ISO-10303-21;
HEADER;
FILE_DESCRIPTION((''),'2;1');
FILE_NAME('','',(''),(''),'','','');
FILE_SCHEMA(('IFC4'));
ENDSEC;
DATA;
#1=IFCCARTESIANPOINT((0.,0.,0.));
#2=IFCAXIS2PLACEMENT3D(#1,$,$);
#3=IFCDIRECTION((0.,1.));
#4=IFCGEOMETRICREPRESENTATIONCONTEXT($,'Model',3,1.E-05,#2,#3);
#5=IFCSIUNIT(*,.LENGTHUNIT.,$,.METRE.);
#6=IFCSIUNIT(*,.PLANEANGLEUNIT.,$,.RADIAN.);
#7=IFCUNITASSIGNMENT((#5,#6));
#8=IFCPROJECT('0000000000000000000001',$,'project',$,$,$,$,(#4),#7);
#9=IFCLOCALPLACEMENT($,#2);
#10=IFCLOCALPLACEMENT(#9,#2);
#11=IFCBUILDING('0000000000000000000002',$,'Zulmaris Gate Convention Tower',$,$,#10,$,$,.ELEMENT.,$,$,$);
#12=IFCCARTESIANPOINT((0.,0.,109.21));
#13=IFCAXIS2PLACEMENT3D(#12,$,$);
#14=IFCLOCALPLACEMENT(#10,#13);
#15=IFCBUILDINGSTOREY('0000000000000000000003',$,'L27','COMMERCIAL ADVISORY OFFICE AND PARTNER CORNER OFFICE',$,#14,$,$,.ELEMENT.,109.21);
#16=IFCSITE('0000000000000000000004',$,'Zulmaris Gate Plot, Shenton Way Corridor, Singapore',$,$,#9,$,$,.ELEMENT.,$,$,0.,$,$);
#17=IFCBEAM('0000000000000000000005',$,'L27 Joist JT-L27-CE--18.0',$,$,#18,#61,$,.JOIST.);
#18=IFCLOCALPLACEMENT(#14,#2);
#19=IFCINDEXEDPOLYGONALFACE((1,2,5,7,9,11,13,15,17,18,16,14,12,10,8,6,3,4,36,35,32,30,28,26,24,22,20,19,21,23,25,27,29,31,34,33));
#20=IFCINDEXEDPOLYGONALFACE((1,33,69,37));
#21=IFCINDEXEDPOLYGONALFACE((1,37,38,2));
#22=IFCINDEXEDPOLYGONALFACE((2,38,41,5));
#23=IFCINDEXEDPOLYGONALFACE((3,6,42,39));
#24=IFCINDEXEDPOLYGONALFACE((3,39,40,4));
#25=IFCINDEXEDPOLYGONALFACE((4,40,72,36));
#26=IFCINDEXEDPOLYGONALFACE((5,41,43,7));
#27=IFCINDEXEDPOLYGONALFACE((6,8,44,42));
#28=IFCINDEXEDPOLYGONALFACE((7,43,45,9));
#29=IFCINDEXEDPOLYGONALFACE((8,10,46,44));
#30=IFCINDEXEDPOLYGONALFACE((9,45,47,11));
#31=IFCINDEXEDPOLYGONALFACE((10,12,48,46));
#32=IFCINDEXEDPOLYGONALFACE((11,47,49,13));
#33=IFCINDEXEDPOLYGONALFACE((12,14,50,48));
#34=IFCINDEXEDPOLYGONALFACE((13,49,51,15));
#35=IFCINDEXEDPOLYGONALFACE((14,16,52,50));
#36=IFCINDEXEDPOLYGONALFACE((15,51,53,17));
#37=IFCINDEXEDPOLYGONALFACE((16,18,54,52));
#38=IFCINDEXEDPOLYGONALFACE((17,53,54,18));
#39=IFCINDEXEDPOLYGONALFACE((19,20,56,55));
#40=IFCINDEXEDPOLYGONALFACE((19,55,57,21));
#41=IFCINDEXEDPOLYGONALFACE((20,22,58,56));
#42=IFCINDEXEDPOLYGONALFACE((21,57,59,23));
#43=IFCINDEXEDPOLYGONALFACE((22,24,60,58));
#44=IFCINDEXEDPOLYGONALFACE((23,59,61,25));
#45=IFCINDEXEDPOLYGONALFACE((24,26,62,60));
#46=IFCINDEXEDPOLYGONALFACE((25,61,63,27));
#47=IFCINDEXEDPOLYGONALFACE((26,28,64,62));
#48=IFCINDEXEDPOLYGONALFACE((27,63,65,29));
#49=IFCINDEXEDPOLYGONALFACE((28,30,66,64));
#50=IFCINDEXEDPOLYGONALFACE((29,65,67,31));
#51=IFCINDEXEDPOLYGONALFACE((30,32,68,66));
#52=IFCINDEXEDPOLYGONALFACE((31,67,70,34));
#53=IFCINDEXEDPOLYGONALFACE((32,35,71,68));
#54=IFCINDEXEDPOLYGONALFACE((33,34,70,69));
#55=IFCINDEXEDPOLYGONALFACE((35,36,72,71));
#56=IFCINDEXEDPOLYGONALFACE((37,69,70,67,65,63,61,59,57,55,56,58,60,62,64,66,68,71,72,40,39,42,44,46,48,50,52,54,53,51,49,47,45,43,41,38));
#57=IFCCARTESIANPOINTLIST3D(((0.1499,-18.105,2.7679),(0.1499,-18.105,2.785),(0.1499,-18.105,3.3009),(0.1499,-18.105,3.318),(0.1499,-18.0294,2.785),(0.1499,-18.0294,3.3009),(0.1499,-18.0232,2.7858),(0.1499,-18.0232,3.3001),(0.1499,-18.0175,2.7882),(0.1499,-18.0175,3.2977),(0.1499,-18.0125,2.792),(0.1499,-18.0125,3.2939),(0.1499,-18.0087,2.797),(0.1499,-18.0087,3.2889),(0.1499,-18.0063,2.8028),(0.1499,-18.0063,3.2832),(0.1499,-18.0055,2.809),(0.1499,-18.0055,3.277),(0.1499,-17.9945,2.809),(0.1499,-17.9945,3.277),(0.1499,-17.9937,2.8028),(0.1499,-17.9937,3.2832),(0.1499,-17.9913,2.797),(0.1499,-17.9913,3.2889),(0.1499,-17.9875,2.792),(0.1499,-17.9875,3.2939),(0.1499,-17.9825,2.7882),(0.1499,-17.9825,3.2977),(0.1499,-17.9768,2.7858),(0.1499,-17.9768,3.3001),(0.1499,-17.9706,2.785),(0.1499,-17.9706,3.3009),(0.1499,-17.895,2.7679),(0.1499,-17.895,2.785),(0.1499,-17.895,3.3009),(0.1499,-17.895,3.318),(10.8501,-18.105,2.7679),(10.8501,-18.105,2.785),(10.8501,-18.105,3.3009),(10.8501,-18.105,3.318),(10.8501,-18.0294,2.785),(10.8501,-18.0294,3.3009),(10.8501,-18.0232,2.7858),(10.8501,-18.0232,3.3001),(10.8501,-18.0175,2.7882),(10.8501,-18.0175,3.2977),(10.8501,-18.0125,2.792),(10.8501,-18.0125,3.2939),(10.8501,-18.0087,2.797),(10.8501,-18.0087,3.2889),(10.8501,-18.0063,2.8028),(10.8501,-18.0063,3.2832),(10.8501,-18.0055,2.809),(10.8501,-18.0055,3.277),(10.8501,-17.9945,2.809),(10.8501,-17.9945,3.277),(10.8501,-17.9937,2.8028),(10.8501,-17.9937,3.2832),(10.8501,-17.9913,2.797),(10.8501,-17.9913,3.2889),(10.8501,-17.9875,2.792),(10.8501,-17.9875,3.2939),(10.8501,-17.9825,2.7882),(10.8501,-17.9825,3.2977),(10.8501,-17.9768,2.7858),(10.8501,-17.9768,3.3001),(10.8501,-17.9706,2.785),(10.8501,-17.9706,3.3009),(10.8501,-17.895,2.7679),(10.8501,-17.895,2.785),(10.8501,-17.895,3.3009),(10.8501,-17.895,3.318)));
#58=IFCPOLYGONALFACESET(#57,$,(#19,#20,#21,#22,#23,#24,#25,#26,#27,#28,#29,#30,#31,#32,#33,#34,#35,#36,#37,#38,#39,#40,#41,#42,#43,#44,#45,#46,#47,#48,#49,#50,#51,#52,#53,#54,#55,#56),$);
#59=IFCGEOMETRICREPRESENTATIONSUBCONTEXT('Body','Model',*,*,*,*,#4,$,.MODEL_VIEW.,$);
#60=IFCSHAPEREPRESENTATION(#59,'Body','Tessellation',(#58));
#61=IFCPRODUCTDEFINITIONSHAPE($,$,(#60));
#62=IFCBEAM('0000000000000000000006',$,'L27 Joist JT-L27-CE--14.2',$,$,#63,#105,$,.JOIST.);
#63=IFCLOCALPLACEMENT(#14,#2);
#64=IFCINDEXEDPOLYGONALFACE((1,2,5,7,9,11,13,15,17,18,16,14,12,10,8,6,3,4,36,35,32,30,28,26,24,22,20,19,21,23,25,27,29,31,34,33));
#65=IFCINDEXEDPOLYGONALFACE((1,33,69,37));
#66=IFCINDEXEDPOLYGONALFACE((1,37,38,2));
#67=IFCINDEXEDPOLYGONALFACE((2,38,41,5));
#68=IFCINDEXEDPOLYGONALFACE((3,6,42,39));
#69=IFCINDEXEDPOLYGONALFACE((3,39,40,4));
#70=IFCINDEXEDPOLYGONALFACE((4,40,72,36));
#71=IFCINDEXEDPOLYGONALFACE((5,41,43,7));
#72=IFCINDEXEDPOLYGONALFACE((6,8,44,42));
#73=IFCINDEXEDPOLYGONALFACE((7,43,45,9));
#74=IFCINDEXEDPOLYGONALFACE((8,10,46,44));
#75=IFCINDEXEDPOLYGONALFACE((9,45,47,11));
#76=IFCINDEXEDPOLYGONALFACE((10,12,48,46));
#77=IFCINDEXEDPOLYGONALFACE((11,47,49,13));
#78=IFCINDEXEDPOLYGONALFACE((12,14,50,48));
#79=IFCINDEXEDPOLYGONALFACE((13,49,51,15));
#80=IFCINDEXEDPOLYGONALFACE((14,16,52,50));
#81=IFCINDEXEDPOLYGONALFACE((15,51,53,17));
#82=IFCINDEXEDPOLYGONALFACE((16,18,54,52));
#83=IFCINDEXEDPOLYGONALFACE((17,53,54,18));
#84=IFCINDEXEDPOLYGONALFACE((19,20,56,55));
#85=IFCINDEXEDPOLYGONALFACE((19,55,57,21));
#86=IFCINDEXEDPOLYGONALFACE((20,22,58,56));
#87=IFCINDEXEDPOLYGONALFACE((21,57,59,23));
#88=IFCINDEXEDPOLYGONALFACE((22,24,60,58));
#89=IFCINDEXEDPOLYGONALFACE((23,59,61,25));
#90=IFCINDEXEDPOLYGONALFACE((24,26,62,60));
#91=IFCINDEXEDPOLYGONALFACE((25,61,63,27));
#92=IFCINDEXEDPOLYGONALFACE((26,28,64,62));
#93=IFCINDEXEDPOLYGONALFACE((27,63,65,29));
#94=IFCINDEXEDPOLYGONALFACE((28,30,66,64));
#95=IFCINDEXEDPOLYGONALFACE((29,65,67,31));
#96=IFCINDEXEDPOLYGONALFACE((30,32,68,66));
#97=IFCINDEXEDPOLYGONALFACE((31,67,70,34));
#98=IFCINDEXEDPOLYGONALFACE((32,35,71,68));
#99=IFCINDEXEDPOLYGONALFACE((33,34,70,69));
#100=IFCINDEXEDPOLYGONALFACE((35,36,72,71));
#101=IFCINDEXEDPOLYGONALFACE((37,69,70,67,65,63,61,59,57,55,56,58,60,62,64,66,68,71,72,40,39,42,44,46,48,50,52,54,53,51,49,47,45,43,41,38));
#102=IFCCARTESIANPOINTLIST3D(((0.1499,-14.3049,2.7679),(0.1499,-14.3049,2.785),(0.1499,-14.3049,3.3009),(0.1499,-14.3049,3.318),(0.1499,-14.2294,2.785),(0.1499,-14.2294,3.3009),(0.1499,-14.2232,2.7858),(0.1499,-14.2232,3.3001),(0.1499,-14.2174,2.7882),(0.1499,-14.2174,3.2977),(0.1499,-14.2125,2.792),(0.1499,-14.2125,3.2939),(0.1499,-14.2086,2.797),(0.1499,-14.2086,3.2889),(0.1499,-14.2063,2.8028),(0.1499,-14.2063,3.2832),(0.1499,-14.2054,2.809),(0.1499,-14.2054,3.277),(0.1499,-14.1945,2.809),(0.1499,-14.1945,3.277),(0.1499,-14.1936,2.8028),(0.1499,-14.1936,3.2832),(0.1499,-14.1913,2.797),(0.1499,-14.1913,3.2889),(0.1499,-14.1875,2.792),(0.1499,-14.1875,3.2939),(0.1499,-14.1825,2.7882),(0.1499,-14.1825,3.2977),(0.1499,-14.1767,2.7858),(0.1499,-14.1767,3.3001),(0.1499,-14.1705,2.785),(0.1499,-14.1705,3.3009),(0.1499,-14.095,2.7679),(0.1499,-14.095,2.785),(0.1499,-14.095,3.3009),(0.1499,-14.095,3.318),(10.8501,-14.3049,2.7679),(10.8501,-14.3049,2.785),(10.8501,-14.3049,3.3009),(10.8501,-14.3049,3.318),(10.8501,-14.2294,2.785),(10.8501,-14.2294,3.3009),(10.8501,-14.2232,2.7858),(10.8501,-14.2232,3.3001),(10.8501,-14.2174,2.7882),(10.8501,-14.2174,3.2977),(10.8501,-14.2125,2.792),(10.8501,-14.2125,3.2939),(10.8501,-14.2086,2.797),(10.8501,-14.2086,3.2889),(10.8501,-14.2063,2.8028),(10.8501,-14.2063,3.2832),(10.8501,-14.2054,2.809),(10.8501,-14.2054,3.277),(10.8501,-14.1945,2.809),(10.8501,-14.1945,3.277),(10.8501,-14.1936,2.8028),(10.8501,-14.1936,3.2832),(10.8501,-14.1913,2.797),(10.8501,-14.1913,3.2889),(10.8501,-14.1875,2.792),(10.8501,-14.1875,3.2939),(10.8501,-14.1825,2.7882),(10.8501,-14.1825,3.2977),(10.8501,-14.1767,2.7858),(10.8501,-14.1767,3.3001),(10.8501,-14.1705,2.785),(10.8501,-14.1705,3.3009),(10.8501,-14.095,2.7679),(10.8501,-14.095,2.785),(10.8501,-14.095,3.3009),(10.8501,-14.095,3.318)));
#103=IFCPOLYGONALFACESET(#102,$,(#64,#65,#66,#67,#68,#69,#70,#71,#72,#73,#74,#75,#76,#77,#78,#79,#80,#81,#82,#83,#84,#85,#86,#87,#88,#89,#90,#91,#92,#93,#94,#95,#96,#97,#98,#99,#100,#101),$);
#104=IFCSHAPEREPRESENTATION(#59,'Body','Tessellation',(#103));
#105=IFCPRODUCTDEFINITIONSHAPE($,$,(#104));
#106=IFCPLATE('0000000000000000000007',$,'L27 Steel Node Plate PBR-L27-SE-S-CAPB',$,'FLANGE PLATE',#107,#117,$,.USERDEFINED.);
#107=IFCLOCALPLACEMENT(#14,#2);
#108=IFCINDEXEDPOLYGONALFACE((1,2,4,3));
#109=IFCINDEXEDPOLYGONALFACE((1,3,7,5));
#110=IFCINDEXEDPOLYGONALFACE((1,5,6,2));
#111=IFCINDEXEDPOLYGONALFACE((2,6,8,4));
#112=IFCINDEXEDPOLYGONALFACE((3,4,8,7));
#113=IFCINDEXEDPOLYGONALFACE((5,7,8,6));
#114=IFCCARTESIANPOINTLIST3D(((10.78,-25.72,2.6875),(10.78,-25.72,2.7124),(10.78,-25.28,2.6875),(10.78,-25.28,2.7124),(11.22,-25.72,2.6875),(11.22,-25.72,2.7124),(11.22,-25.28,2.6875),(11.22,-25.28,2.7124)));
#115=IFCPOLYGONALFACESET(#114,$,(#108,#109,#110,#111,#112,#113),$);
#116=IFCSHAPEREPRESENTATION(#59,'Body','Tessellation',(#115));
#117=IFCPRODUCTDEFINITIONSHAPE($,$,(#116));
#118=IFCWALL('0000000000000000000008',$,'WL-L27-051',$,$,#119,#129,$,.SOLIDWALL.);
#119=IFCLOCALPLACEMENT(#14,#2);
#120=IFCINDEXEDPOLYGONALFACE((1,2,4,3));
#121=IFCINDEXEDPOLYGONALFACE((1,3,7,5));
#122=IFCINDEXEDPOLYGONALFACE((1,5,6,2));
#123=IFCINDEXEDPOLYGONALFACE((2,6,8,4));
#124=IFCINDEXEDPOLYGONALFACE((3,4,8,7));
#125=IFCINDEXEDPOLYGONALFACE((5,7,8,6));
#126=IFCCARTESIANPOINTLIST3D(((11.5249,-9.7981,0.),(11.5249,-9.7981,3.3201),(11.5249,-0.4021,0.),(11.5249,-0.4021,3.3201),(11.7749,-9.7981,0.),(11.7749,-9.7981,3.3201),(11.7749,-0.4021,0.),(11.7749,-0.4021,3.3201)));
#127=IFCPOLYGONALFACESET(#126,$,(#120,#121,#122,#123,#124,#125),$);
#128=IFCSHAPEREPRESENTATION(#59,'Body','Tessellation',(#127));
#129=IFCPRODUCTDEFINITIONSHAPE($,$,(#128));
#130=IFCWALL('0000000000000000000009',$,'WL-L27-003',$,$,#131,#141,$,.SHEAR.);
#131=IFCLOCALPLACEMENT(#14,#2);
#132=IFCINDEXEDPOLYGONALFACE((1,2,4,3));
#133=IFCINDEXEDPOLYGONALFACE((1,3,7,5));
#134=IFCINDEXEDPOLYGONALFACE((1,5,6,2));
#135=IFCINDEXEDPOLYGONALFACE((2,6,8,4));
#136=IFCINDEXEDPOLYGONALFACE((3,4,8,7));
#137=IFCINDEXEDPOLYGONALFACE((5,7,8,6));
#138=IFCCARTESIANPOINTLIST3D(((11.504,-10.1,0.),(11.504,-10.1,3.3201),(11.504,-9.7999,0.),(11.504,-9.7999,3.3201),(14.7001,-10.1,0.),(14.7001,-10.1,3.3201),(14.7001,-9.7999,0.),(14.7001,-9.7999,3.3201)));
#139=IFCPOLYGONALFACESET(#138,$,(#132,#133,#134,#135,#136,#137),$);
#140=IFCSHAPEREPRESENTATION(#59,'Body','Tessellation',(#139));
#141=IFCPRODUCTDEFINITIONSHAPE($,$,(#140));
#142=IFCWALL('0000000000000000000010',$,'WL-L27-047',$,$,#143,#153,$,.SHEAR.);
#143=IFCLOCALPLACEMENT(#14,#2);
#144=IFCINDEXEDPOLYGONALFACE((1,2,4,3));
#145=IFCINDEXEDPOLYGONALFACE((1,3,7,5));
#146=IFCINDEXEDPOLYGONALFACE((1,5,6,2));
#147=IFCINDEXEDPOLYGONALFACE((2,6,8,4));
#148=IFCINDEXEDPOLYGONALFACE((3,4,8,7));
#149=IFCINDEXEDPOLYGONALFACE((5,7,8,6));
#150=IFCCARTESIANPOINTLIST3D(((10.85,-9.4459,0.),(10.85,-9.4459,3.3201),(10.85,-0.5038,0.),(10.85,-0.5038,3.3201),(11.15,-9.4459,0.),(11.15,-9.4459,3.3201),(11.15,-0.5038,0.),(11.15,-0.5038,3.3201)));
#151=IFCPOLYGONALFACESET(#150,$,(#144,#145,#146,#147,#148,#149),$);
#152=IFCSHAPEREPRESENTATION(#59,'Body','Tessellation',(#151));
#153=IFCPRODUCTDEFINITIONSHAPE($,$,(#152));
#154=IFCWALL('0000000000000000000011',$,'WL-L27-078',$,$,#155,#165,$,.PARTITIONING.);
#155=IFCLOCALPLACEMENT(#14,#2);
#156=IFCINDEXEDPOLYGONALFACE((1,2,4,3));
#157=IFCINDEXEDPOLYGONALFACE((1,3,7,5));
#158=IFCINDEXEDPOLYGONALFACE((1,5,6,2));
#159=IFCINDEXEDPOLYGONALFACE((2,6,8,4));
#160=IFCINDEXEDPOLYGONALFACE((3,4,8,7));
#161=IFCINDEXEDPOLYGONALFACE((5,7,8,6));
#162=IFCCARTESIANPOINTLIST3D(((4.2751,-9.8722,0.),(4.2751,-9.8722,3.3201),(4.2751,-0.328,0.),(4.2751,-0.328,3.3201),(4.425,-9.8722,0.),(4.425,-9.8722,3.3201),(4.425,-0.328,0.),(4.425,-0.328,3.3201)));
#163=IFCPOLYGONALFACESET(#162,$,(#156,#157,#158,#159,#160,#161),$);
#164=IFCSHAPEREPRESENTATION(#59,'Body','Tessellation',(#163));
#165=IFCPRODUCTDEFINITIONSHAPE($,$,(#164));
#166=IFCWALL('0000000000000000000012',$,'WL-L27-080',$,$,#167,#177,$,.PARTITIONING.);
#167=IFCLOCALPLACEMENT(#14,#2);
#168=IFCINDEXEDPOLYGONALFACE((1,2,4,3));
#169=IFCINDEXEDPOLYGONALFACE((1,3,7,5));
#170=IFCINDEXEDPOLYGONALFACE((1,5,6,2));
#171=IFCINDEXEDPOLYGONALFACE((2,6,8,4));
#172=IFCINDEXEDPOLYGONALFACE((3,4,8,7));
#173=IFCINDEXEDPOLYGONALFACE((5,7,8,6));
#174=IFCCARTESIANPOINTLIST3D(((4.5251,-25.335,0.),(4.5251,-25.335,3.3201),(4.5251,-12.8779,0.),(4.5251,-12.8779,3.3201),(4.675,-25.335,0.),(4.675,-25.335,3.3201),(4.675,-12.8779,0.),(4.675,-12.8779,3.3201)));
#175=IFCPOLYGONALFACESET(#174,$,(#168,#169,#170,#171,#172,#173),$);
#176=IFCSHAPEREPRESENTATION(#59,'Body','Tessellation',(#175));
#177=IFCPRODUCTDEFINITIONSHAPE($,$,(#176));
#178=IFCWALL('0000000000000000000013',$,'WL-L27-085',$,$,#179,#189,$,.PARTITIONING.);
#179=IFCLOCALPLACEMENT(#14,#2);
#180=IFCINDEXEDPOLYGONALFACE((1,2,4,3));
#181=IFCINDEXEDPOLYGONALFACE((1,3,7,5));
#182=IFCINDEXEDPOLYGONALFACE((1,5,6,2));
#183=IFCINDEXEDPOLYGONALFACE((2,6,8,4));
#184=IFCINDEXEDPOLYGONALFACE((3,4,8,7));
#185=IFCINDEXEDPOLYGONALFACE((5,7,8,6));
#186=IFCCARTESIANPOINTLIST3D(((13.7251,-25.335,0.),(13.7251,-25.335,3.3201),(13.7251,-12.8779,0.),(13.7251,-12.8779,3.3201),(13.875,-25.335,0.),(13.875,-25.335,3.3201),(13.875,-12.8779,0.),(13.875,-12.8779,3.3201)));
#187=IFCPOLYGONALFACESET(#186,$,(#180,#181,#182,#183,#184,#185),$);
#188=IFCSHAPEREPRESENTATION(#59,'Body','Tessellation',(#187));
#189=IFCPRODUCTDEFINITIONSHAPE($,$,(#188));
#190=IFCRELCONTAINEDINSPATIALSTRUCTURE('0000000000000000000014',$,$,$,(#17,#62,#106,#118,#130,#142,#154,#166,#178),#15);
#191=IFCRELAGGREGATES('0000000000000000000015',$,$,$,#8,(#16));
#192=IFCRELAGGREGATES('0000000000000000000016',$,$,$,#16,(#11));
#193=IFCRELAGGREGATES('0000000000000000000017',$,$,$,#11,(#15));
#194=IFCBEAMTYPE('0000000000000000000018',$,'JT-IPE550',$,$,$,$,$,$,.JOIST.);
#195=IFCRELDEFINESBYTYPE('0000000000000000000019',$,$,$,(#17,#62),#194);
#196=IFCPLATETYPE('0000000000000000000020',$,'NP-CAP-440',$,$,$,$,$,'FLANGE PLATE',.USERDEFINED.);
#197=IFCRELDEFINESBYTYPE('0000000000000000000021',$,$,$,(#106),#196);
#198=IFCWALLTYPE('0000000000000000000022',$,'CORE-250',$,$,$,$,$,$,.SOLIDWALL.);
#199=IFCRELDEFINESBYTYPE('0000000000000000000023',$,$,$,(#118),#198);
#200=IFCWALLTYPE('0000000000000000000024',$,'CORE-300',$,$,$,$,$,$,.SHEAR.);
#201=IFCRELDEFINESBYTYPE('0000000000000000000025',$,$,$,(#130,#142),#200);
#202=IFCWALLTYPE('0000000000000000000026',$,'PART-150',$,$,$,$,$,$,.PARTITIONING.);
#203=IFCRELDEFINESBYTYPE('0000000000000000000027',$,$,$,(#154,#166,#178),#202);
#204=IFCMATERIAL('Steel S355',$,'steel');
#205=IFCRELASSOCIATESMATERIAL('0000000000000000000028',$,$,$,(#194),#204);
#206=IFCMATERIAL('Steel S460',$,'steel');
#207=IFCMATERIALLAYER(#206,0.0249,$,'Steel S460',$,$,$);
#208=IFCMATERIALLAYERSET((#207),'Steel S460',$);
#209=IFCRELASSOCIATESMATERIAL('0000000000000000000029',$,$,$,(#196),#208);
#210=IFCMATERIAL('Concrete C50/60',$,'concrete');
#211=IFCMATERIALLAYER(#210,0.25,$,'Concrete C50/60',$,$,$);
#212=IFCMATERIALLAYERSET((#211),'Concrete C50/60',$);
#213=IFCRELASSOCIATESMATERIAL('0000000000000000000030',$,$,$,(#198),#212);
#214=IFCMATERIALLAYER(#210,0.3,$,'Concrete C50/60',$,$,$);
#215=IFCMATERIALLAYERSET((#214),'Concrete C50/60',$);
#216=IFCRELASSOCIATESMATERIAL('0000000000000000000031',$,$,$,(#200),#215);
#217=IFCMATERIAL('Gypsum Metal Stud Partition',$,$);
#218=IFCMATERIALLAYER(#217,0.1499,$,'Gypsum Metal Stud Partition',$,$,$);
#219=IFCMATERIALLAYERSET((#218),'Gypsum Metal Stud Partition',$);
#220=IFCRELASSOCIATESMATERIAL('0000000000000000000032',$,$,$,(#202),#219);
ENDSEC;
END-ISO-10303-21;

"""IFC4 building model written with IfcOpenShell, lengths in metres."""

from ifc_helpers import new_model, si_unit, direction, frame, frame_2d, origin, origin_2d, place, context, subcontext, project, spatial, rectangle, i_section, extrude, material, layer, layer_set, material_profile, profile_set, type_object, element, save


model = new_model("IFC4")

# Units and contexts
model_context = context("Model", 3, precision=1e-05, world=origin(), true_north=direction((0.0, 1.0)))
body_context = subcontext(model_context, "Body", "Model", "MODEL_VIEW")
ifc_project = project(units=[si_unit("LENGTHUNIT", "METRE"), si_unit("PLANEANGLEUNIT", "RADIAN")], contexts=[model_context])

# Site, building, storey
site_placement = place(None, origin())
site = spatial("IfcSite", under=ifc_project, at=site_placement, Name="Zulmaris Gate Plot, Shenton Way Corridor, Singapore", CompositionType="ELEMENT", RefElevation=0.0)
building_placement = place(site_placement, origin())
building = spatial("IfcBuilding", under=site, at=building_placement, Name="Zulmaris Gate Convention Tower", CompositionType="ELEMENT")
storey_placement = place(building_placement, frame((0.0, 0.0, 109.21)))
storey = spatial("IfcBuildingStorey", under=building, at=storey_placement, Name="L27", Description="COMMERCIAL ADVISORY OFFICE AND PARTNER CORNER OFFICE", CompositionType="ELEMENT", Elevation=109.21)

# Beams
ifc_material_1 = material(Name="Steel S355", Category="steel")
ifc_material_profile_1 = material_profile(ifc_material_1, i_section(OverallWidth=0.21, OverallDepth=0.55, WebThickness=0.011, FlangeThickness=0.0171, FilletRadius=0.0239, at=origin_2d()), Name="IPE 550")
ifc_profile_set_1 = profile_set([ifc_material_profile_1], Name="Steel S355")
beam_type_1 = type_object("IfcBeamType", Name="JT-IPE550", PredefinedType="JOIST", material=ifc_profile_set_1)
for number, where, z_axis, x_axis, name in (
    (1, (0.1499, -18.0, 3.043), (1.0, 0.0, 0.0), (0.0, 1.0, 0.0), "L27 Joist JT-L27-CE--18.0"),
    (2, (0.1499, -14.2, 3.043), (1.0, 0.0, 0.0), (0.0, 1.0, 0.0), "L27 Joist JT-L27-CE--14.2"),
):
    element("IfcBeam", number, at=place(storey_placement, frame(where, z_axis=z_axis, x_axis=x_axis)), inside=storey, type_object=beam_type_1, Name=name, PredefinedType="JOIST", context=body_context, shape_type="SweptSolid", body=[
        extrude(i_section(OverallWidth=0.21, OverallDepth=0.55, WebThickness=0.011, FlangeThickness=0.0171, FilletRadius=0.0239, at=origin_2d()), origin(), (0.0, 0.0, 1.0), 10.7002),
    ])

# Plate
ifc_material_2 = material(Name="Steel S460", Category="steel")
ifc_layer_1 = layer(ifc_material_2, 0.0249, Name="Steel S460")
ifc_layer_set_1 = layer_set([ifc_layer_1], Name="Steel S460")
plate_type = type_object("IfcPlateType", Name="NP-CAP-440", ElementType="FLANGE PLATE", PredefinedType="USERDEFINED", material=ifc_layer_set_1)
plate_placement = place(storey_placement, frame((11.0, -25.5, 2.6875), z_axis=(0.0, 0.0, 1.0), x_axis=(1.0, 0.0, 0.0)))
element("IfcPlate", 3, at=plate_placement, inside=storey, type_object=plate_type, Name="L27 Steel Node Plate PBR-L27-SE-S-CAPB", ObjectType="FLANGE PLATE", PredefinedType="USERDEFINED", context=body_context, shape_type="SweptSolid", body=[
    extrude(rectangle(XDim=0.4399, YDim=0.4399, at=origin_2d()), origin(), (0.0, 0.0, 1.0), 0.0249),
])

# Walls
ifc_material_3 = material(Name="Concrete C50/60", Category="concrete")
ifc_layer_2 = layer(ifc_material_3, 0.25, Name="Concrete C50/60")
ifc_layer_set_2 = layer_set([ifc_layer_2], Name="Concrete C50/60")
wall_type_1 = type_object("IfcWallType", Name="CORE-250", PredefinedType="SOLIDWALL", material=ifc_layer_set_2)
wall_1_placement = place(storey_placement, frame((11.6499, -9.7981, 0.0), z_axis=(0.0, 0.0, 1.0), x_axis=(0.0, 1.0, 0.0)))
element("IfcWall", 4, at=wall_1_placement, inside=storey, type_object=wall_type_1, Name="WL-L27-051", PredefinedType="SOLIDWALL", context=body_context, shape_type="SweptSolid", body=[
    extrude(rectangle(XDim=9.396, YDim=0.25, at=frame_2d((4.698, 0.0))), origin(), (0.0, 0.0, 1.0), 3.3201),
])
ifc_layer_3 = layer(ifc_material_3, 0.3, Name="Concrete C50/60")
ifc_layer_set_3 = layer_set([ifc_layer_3], Name="Concrete C50/60")
wall_type_2 = type_object("IfcWallType", Name="CORE-300", PredefinedType="SHEAR", material=ifc_layer_set_3)
wall_2_placement = place(storey_placement, frame((11.5039, -9.95, 0.0), z_axis=(0.0, 0.0, 1.0), x_axis=(1.0, 0.0, 0.0)))
element("IfcWall", 5, at=wall_2_placement, inside=storey, type_object=wall_type_2, Name="WL-L27-003", PredefinedType="SHEAR", context=body_context, shape_type="SweptSolid", body=[
    extrude(rectangle(XDim=3.196, YDim=0.3, at=frame_2d((1.5981, 0.0))), origin(), (0.0, 0.0, 1.0), 3.3201),
])
wall_3_placement = place(storey_placement, frame((11.0, -9.446, 0.0), z_axis=(0.0, 0.0, 1.0), x_axis=(0.0, 1.0, 0.0)))
element("IfcWall", 6, at=wall_3_placement, inside=storey, type_object=wall_type_2, Name="WL-L27-047", PredefinedType="SHEAR", context=body_context, shape_type="SweptSolid", body=[
    extrude(rectangle(XDim=8.9421, YDim=0.3, at=frame_2d((4.4712, 0.0))), origin(), (0.0, 0.0, 1.0), 3.3201),
])
ifc_material_4 = material(Name="Gypsum Metal Stud Partition")
ifc_layer_4 = layer(ifc_material_4, 0.1499, Name="Gypsum Metal Stud Partition")
ifc_layer_set_4 = layer_set([ifc_layer_4], Name="Gypsum Metal Stud Partition")
wall_type_3 = type_object("IfcWallType", Name="PART-150", PredefinedType="PARTITIONING", material=ifc_layer_set_4)
wall_4_placement = place(storey_placement, frame((4.3501, -9.8721, 0.0), z_axis=(0.0, 0.0, 1.0), x_axis=(0.0, 1.0, 0.0)))
element("IfcWall", 7, at=wall_4_placement, inside=storey, type_object=wall_type_3, Name="WL-L27-078", PredefinedType="PARTITIONING", context=body_context, shape_type="SweptSolid", body=[
    extrude(rectangle(XDim=9.5442, YDim=0.1499, at=frame_2d((4.772, 0.0))), origin(), (0.0, 0.0, 1.0), 3.3201),
])
wall_5_placement = place(storey_placement, frame((4.6001, -25.335, 0.0), z_axis=(0.0, 0.0, 1.0), x_axis=(0.0, 1.0, 0.0)))
element("IfcWall", 8, at=wall_5_placement, inside=storey, type_object=wall_type_3, Name="WL-L27-080", PredefinedType="PARTITIONING", context=body_context, shape_type="SweptSolid", body=[
    extrude(rectangle(XDim=12.457, YDim=0.1499, at=frame_2d((6.2285, 0.0))), origin(), (0.0, 0.0, 1.0), 3.3201),
])

# Wall
wall_6_placement = place(storey_placement, frame((13.8, -25.335, 0.0), z_axis=(0.0, 0.0, 1.0), x_axis=(0.0, 1.0, 0.0)))
element("IfcWall", 9, at=wall_6_placement, inside=storey, type_object=wall_type_3, Name="WL-L27-085", PredefinedType="PARTITIONING", context=body_context, shape_type="SweptSolid", body=[
    extrude(rectangle(XDim=12.457, YDim=0.1499, at=frame_2d((6.2285, 0.0))), origin(), (0.0, 0.0, 1.0), 3.3201),
])

save(model, "model.ifc")
